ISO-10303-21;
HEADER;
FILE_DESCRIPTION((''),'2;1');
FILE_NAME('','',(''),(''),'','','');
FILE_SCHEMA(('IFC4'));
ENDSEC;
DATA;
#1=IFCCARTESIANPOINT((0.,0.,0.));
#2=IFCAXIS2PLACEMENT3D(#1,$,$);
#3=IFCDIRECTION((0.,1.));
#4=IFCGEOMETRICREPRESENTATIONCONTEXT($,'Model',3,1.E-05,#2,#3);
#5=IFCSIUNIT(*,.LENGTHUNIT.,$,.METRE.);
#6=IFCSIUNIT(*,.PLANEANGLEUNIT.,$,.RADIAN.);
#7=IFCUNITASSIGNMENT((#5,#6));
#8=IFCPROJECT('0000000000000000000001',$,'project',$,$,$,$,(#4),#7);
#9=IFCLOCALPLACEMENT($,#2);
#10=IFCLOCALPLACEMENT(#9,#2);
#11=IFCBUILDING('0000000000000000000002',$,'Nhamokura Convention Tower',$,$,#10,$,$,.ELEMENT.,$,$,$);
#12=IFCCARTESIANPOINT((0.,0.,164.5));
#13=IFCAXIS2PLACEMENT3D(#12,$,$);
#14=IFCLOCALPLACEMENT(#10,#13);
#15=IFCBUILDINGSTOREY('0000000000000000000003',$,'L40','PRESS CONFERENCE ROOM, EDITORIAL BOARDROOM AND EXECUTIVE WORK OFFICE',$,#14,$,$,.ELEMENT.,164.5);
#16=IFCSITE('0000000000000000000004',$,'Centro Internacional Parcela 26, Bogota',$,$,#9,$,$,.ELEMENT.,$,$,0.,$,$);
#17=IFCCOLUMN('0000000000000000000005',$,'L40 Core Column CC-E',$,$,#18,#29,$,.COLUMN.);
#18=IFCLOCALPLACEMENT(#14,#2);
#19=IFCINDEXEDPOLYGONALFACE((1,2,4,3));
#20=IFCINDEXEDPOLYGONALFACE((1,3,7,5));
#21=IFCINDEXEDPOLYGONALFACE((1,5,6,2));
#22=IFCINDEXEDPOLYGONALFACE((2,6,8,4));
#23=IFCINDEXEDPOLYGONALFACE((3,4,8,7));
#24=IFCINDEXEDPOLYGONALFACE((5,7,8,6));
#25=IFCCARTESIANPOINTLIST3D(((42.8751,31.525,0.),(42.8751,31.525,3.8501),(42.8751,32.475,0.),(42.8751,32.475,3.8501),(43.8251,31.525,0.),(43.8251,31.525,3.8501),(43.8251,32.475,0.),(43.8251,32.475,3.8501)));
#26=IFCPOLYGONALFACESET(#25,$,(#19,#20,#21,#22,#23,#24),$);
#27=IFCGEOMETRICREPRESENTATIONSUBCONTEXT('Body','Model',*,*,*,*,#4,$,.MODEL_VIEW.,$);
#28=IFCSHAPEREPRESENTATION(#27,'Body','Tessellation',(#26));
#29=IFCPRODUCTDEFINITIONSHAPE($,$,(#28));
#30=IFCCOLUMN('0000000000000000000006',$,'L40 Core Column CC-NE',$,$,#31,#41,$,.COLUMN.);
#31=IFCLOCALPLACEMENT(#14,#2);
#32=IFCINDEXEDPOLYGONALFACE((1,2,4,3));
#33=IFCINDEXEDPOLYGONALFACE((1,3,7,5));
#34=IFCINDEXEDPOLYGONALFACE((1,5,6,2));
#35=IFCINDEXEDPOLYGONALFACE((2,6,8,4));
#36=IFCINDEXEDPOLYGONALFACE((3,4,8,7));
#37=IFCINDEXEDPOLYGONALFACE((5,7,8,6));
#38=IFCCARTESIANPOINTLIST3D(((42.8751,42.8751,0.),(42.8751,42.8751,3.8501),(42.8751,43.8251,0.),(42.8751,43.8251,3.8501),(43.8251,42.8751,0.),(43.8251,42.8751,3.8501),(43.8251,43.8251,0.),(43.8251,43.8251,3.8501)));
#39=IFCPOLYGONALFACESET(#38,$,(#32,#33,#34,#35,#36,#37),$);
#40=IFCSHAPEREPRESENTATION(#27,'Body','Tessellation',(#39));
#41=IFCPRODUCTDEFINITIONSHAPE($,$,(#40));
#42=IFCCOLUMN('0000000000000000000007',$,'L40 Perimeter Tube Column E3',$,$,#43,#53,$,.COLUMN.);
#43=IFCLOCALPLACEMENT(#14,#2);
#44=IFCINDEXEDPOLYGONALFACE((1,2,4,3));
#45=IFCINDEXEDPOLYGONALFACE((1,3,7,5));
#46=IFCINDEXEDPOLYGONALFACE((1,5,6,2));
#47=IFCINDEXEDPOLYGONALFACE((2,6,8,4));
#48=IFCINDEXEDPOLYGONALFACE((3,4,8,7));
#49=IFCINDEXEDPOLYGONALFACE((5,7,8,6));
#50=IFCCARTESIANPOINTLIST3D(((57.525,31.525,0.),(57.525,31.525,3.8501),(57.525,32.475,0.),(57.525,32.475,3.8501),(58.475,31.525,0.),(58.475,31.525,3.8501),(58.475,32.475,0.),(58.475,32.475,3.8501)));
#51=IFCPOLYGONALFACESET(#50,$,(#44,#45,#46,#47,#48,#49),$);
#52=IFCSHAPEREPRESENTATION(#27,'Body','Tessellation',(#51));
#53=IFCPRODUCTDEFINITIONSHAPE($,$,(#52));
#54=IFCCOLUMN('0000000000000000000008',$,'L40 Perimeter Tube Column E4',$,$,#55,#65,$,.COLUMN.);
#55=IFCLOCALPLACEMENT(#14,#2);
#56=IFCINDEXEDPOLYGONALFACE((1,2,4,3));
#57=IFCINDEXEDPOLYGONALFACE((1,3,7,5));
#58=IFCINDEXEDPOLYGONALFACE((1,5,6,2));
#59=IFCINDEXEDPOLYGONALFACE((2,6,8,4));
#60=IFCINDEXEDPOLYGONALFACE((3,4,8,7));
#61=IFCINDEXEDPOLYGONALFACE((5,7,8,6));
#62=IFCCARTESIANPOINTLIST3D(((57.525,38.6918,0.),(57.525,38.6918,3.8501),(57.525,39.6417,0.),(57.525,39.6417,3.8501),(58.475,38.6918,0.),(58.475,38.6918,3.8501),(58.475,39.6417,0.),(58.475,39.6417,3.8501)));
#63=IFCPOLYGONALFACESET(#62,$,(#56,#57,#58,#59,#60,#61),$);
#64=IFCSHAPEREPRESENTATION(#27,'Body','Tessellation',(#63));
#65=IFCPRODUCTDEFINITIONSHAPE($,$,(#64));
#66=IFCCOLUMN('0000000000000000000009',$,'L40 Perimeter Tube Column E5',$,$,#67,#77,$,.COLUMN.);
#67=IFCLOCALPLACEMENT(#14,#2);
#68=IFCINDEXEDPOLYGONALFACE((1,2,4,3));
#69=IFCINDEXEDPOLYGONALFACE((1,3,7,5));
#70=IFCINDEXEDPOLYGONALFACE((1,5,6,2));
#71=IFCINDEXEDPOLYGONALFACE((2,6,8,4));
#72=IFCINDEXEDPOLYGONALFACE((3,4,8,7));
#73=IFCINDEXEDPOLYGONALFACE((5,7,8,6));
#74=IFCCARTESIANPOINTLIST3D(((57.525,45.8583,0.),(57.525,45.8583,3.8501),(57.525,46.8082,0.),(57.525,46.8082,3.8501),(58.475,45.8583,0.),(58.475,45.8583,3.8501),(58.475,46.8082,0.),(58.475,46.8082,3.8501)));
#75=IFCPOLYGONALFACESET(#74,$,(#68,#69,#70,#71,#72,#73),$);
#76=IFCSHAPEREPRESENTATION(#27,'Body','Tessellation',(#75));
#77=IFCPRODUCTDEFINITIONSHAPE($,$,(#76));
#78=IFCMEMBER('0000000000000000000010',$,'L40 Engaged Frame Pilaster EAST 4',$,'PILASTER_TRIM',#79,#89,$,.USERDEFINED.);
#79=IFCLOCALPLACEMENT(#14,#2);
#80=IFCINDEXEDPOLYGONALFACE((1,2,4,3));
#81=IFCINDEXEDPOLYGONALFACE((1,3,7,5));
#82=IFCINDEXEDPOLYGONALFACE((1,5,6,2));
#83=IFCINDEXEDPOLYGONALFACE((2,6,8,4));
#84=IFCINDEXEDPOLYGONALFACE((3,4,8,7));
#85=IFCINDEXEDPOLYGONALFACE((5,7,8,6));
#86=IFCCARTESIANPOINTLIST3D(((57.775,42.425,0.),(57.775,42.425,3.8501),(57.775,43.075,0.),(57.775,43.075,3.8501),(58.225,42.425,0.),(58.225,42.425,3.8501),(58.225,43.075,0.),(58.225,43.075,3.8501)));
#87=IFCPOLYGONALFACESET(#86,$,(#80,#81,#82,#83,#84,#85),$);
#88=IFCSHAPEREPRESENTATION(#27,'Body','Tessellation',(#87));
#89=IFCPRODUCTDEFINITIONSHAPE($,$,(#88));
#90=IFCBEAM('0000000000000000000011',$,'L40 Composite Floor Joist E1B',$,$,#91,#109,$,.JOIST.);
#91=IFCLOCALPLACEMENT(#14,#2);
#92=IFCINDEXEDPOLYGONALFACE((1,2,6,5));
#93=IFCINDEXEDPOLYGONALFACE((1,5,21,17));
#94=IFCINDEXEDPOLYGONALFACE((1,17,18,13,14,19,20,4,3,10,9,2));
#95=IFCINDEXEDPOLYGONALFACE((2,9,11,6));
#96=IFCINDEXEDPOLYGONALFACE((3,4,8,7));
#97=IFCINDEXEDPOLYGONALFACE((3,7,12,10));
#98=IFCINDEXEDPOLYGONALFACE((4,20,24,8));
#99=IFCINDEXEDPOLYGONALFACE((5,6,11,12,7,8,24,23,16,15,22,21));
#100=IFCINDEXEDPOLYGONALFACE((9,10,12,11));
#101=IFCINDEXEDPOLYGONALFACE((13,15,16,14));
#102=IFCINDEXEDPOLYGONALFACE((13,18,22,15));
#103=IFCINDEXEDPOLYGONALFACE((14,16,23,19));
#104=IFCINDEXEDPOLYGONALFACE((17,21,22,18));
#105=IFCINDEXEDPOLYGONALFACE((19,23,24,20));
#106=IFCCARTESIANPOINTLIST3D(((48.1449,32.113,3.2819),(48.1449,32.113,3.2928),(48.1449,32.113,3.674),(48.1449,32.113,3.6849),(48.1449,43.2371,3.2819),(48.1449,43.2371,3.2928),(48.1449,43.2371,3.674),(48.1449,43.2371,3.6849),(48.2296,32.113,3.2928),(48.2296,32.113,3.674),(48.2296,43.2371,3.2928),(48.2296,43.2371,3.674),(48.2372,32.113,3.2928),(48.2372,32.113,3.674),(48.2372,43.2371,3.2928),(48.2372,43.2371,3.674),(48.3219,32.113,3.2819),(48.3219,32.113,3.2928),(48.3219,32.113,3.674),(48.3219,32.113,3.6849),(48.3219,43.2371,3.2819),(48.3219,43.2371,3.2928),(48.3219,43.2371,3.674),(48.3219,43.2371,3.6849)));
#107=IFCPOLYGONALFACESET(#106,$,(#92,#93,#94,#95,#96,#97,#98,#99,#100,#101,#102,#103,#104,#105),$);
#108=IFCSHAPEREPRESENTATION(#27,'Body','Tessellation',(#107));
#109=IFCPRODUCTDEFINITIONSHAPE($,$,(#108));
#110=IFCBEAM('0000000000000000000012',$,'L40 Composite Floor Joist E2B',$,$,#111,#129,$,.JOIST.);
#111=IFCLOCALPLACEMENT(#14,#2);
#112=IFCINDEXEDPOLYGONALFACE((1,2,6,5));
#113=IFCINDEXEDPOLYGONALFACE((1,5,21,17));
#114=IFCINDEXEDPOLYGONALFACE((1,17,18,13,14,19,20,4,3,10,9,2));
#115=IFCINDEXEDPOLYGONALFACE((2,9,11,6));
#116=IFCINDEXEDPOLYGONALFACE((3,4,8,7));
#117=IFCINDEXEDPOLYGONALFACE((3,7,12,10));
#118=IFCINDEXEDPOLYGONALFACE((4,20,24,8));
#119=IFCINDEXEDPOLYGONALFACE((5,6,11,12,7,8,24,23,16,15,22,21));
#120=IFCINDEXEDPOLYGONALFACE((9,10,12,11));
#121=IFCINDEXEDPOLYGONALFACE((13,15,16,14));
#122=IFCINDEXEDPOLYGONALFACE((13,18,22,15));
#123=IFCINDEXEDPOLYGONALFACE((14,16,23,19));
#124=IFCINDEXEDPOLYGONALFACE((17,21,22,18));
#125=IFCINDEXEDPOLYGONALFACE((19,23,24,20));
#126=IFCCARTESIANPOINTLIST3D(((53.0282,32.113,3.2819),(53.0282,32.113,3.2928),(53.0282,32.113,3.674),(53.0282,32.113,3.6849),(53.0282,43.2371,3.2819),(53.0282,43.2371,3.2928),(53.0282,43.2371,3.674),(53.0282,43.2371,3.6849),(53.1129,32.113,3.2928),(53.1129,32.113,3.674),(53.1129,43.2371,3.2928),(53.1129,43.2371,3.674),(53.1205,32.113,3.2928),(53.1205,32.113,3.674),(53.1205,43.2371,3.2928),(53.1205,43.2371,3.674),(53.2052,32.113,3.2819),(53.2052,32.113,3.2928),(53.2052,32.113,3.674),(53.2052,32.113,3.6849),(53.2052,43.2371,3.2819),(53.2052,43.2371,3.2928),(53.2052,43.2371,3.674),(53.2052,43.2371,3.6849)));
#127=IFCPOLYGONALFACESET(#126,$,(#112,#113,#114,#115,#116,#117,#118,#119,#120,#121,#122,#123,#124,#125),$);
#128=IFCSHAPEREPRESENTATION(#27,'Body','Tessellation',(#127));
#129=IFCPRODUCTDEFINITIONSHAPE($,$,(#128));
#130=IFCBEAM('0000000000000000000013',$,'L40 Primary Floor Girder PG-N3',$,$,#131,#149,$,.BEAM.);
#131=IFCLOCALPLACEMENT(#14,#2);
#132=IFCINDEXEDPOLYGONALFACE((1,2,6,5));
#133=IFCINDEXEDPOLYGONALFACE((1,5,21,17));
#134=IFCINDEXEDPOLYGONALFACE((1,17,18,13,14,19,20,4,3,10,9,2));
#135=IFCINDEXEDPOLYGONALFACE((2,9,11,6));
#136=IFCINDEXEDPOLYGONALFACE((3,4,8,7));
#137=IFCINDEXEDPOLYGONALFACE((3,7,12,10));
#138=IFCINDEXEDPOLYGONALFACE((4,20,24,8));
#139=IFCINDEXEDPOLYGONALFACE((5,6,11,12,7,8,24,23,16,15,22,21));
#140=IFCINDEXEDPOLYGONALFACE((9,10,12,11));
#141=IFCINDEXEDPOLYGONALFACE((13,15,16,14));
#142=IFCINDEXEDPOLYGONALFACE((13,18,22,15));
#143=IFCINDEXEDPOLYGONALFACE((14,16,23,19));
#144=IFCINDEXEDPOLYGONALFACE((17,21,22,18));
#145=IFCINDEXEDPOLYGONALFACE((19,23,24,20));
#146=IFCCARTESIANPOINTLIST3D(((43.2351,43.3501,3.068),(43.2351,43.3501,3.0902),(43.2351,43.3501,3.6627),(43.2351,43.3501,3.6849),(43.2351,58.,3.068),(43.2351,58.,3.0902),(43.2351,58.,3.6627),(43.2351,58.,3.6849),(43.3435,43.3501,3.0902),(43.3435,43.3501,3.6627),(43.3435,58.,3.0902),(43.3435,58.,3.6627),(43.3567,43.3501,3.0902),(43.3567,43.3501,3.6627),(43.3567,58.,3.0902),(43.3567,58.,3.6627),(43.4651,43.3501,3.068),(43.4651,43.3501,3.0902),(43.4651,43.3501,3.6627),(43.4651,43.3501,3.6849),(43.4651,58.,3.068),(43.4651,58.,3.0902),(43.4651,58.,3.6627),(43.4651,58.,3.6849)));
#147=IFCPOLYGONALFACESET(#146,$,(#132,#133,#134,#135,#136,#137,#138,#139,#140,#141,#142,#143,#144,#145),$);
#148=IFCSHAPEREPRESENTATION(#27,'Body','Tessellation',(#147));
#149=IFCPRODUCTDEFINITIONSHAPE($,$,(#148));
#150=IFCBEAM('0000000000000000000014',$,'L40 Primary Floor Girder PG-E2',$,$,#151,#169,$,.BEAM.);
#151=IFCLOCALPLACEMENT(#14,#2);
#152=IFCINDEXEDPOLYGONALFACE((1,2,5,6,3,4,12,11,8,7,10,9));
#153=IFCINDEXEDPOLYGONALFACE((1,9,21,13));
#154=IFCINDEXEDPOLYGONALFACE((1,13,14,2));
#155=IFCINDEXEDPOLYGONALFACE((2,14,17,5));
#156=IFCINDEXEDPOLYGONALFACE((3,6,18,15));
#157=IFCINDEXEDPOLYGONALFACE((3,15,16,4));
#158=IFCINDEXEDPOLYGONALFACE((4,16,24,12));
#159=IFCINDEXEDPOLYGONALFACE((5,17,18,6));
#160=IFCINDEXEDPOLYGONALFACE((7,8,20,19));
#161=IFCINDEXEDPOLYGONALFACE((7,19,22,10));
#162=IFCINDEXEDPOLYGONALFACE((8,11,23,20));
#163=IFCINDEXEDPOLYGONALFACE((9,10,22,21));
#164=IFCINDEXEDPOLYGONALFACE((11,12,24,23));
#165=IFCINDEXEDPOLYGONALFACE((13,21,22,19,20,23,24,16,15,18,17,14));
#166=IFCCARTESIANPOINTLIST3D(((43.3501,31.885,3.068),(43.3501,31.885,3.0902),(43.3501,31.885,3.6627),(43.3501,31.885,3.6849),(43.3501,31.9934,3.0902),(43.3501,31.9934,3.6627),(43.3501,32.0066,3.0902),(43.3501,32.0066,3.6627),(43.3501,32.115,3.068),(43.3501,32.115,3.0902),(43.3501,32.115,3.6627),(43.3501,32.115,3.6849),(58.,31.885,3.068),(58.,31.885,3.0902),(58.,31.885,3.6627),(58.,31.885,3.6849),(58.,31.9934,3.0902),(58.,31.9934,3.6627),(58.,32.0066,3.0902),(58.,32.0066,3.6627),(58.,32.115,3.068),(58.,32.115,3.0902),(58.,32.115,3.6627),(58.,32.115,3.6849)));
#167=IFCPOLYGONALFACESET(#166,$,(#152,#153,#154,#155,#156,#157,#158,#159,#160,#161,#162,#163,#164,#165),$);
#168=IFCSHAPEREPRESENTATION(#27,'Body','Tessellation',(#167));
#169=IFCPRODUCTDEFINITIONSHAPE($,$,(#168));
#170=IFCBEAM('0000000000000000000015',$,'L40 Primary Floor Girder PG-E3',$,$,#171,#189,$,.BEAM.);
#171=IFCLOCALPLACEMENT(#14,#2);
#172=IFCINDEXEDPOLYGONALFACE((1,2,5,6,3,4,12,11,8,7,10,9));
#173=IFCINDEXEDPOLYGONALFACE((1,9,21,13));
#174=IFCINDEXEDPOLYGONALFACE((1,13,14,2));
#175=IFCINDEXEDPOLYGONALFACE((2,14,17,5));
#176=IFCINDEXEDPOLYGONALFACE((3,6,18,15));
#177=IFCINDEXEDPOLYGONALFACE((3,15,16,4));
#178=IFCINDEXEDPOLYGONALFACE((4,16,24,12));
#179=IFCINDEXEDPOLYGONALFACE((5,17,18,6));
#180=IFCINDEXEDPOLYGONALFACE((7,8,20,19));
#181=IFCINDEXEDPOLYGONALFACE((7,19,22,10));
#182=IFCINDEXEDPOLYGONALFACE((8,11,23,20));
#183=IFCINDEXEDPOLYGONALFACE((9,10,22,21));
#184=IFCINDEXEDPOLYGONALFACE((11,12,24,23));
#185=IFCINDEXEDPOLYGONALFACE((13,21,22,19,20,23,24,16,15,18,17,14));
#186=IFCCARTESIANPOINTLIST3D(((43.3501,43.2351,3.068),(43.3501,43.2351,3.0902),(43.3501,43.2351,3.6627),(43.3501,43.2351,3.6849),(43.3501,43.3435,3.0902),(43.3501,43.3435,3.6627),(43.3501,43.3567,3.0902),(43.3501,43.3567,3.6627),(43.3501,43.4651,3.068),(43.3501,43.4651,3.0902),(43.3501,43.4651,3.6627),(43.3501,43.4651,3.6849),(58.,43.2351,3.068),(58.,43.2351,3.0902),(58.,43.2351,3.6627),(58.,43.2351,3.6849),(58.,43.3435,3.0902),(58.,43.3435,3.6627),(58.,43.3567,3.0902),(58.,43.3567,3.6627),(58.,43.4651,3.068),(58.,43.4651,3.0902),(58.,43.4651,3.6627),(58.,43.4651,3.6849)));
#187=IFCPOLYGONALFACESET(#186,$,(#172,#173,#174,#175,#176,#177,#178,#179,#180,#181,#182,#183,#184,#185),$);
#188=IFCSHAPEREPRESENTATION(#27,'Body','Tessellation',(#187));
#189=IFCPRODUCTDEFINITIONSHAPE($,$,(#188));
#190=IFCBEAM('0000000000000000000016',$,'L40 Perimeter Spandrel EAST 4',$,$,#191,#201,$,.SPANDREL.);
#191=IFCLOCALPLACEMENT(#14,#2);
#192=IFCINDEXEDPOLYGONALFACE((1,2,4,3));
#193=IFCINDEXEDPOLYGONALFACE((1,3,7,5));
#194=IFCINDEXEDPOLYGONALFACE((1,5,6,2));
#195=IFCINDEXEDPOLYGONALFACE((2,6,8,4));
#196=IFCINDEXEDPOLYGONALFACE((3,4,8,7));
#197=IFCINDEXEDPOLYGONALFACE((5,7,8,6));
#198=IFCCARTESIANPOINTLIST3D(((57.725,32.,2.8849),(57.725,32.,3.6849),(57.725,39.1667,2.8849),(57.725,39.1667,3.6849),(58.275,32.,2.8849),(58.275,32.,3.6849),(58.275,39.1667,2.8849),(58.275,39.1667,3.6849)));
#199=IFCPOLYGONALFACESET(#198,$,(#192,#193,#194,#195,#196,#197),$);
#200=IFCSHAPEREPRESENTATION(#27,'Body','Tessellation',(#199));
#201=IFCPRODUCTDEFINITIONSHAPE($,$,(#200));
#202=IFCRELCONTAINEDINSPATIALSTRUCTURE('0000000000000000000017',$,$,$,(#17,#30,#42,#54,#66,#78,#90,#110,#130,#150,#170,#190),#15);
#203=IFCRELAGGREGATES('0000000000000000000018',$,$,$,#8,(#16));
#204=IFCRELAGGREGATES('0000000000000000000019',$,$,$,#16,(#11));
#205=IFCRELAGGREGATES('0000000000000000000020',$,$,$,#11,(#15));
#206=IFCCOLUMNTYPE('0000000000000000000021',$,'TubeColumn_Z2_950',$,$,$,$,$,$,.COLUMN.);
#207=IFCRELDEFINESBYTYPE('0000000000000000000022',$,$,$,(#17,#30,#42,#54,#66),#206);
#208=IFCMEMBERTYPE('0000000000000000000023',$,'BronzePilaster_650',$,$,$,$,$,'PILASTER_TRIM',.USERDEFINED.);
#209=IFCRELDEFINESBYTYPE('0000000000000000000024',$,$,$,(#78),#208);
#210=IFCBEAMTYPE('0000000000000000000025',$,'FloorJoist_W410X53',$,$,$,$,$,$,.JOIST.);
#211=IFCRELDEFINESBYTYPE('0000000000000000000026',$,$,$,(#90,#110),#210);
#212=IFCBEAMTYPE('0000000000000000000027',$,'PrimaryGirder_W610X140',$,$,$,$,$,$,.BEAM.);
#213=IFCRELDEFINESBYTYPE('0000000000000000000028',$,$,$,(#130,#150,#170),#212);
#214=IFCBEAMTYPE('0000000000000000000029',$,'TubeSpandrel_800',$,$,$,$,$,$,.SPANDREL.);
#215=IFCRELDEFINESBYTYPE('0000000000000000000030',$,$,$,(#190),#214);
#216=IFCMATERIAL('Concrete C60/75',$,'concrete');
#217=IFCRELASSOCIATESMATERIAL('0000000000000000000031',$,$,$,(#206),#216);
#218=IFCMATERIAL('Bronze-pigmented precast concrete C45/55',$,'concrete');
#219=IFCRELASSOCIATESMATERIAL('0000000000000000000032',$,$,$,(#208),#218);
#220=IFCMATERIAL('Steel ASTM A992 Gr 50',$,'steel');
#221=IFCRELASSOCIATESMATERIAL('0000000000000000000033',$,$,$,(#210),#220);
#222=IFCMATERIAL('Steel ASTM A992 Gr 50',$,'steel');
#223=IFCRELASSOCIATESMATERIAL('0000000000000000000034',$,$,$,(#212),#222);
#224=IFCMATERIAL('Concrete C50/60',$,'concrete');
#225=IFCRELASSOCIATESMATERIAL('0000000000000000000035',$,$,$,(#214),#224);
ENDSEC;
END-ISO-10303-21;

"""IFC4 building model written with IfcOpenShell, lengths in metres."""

from ifc_helpers import new_model, si_unit, direction, frame, origin, origin_2d, place, context, subcontext, project, spatial, rectangle, i_section, extrude, material, material_profile, profile_set, type_object, element, save


model = new_model("IFC4")

# Units and contexts
model_context = context("Model", 3, precision=1e-05, world=origin(), true_north=direction((0.0, 1.0)))
body_context = subcontext(model_context, "Body", "Model", "MODEL_VIEW")
ifc_project = project(units=[si_unit("LENGTHUNIT", "METRE"), si_unit("PLANEANGLEUNIT", "RADIAN")], contexts=[model_context])

# Site, building, storey
site_placement = place(None, origin())
site = spatial("IfcSite", under=ifc_project, at=site_placement, Name="Centro Internacional Parcela 26, Bogota", CompositionType="ELEMENT", RefElevation=0.0)
building_placement = place(site_placement, origin())
building = spatial("IfcBuilding", under=site, at=building_placement, Name="Nhamokura Convention Tower", CompositionType="ELEMENT")
storey_placement = place(building_placement, frame((0.0, 0.0, 164.5)))
storey = spatial("IfcBuildingStorey", under=building, at=storey_placement, Name="L40", Description="PRESS CONFERENCE ROOM, EDITORIAL BOARDROOM AND EXECUTIVE WORK OFFICE", CompositionType="ELEMENT", Elevation=164.5)

# Columns
ifc_material_1 = material(Name="Concrete C60/75", Category="concrete")
ifc_material_profile_1 = material_profile(ifc_material_1, rectangle(XDim=0.95, YDim=0.95, at=origin_2d()))
ifc_profile_set_1 = profile_set([ifc_material_profile_1], Name="Concrete C60/75")
column_type = type_object("IfcColumnType", Name="TubeColumn_Z2_950", PredefinedType="COLUMN", material=ifc_profile_set_1)
for number, where, z_axis, x_axis, name in (
    (1, (43.3501, 32.0, 0.0), (0.0, 0.0, 1.0), (1.0, 0.0, 0.0), "L40 Core Column CC-E"),
    (2, (43.3501, 43.3501, 0.0), (0.0, 0.0, 1.0), (1.0, 0.0, 0.0), "L40 Core Column CC-NE"),
    (3, (58.0, 32.0, 0.0), (0.0, 0.0, 1.0), (1.0, 0.0, 0.0), "L40 Perimeter Tube Column E3"),
    (4, (58.0, 39.1667, 0.0), (0.0, 0.0, 1.0), (1.0, 0.0, 0.0), "L40 Perimeter Tube Column E4"),
    (5, (58.0, 46.3333, 0.0), (0.0, 0.0, 1.0), (1.0, 0.0, 0.0), "L40 Perimeter Tube Column E5"),
):
    element("IfcColumn", number, at=place(storey_placement, frame(where, z_axis=z_axis, x_axis=x_axis)), inside=storey, type_object=column_type, Name=name, PredefinedType="COLUMN", context=body_context, shape_type="SweptSolid", body=[
        extrude(rectangle(XDim=0.95, YDim=0.95, at=origin_2d()), origin(), (0.0, 0.0, 1.0), 3.8501),
    ])

# Member
ifc_material_2 = material(Name="Bronze-pigmented precast concrete C45/55", Category="concrete")
ifc_material_profile_2 = material_profile(ifc_material_2, rectangle(XDim=0.45, YDim=0.6499, at=origin_2d()))
ifc_profile_set_2 = profile_set([ifc_material_profile_2], Name="Bronze-pigmented precast concrete C45/55")
member_type = type_object("IfcMemberType", Name="BronzePilaster_650", ElementType="PILASTER_TRIM", PredefinedType="USERDEFINED", material=ifc_profile_set_2)
member_placement = place(storey_placement, frame((58.0, 42.75, 0.0), z_axis=(0.0, 0.0, 1.0), x_axis=(1.0, 0.0, 0.0)))
element("IfcMember", 6, at=member_placement, inside=storey, type_object=member_type, Name="L40 Engaged Frame Pilaster EAST 4", ObjectType="PILASTER_TRIM", PredefinedType="USERDEFINED", context=body_context, shape_type="SweptSolid", body=[
    extrude(rectangle(XDim=0.45, YDim=0.6499, at=origin_2d()), origin(), (0.0, 0.0, 1.0), 3.8501),
])

# Beams
ifc_material_3 = material(Name="Steel ASTM A992 Gr 50", Category="steel")
ifc_material_profile_3 = material_profile(ifc_material_3, i_section(OverallWidth=0.177, OverallDepth=0.4031, WebThickness=0.0076, FlangeThickness=0.011, at=origin_2d()))
ifc_profile_set_3 = profile_set([ifc_material_profile_3], Name="Steel ASTM A992 Gr 50")
beam_type_1 = type_object("IfcBeamType", Name="FloorJoist_W410X53", PredefinedType="JOIST", material=ifc_profile_set_3)
for number, where, z_axis, x_axis, name in (
    (7, (48.2334, 32.113, 3.4834), (0.0, 1.0, 0.0), (-1.0, 0.0, 0.0), "L40 Composite Floor Joist E1B"),
    (8, (53.1167, 32.113, 3.4834), (0.0, 1.0, 0.0), (-1.0, 0.0, 0.0), "L40 Composite Floor Joist E2B"),
):
    element("IfcBeam", number, at=place(storey_placement, frame(where, z_axis=z_axis, x_axis=x_axis)), inside=storey, type_object=beam_type_1, Name=name, PredefinedType="JOIST", context=body_context, shape_type="SweptSolid", body=[
        extrude(i_section(OverallWidth=0.177, OverallDepth=0.4031, WebThickness=0.0076, FlangeThickness=0.011, at=origin_2d()), origin(), (0.0, 0.0, 1.0), 11.124),
    ])
ifc_material_4 = material(Name="Steel ASTM A992 Gr 50", Category="steel")
ifc_material_profile_4 = material_profile(ifc_material_4, i_section(OverallWidth=0.23, OverallDepth=0.6169, WebThickness=0.0132, FlangeThickness=0.0222, at=origin_2d()))
ifc_profile_set_4 = profile_set([ifc_material_profile_4], Name="Steel ASTM A992 Gr 50")
beam_type_2 = type_object("IfcBeamType", Name="PrimaryGirder_W610X140", PredefinedType="BEAM", material=ifc_profile_set_4)
for number, where, z_axis, x_axis, name in (
    (9, (43.3501, 43.3501, 3.3765), (0.0, 1.0, 0.0), (-1.0, 0.0, 0.0), "L40 Primary Floor Girder PG-N3"),
    (10, (43.3501, 32.0, 3.3765), (1.0, 0.0, 0.0), (0.0, 1.0, 0.0), "L40 Primary Floor Girder PG-E2"),
    (11, (43.3501, 43.3501, 3.3765), (1.0, 0.0, 0.0), (0.0, 1.0, 0.0), "L40 Primary Floor Girder PG-E3"),
):
    element("IfcBeam", number, at=place(storey_placement, frame(where, z_axis=z_axis, x_axis=x_axis)), inside=storey, type_object=beam_type_2, Name=name, PredefinedType="BEAM", context=body_context, shape_type="SweptSolid", body=[
        extrude(i_section(OverallWidth=0.23, OverallDepth=0.6169, WebThickness=0.0132, FlangeThickness=0.0222, at=origin_2d()), origin(), (0.0, 0.0, 1.0), 14.6499),
    ])
ifc_material_5 = material(Name="Concrete C50/60", Category="concrete")
ifc_material_profile_5 = material_profile(ifc_material_5, rectangle(XDim=0.55, YDim=0.8, at=origin_2d()))
ifc_profile_set_5 = profile_set([ifc_material_profile_5], Name="Concrete C50/60")
beam_type_3 = type_object("IfcBeamType", Name="TubeSpandrel_800", PredefinedType="SPANDREL", material=ifc_profile_set_5)
beam_1_placement = place(storey_placement, frame((58.0, 32.0, 3.2849), z_axis=(0.0, 1.0, 0.0), x_axis=(-1.0, 0.0, 0.0)))
element("IfcBeam", 12, at=beam_1_placement, inside=storey, type_object=beam_type_3, Name="L40 Perimeter Spandrel EAST 4", PredefinedType="SPANDREL", context=body_context, shape_type="SweptSolid", body=[
    extrude(rectangle(XDim=0.55, YDim=0.8, at=origin_2d()), origin(), (0.0, 0.0, 1.0), 7.1667),
])

save(model, "model.ifc")
